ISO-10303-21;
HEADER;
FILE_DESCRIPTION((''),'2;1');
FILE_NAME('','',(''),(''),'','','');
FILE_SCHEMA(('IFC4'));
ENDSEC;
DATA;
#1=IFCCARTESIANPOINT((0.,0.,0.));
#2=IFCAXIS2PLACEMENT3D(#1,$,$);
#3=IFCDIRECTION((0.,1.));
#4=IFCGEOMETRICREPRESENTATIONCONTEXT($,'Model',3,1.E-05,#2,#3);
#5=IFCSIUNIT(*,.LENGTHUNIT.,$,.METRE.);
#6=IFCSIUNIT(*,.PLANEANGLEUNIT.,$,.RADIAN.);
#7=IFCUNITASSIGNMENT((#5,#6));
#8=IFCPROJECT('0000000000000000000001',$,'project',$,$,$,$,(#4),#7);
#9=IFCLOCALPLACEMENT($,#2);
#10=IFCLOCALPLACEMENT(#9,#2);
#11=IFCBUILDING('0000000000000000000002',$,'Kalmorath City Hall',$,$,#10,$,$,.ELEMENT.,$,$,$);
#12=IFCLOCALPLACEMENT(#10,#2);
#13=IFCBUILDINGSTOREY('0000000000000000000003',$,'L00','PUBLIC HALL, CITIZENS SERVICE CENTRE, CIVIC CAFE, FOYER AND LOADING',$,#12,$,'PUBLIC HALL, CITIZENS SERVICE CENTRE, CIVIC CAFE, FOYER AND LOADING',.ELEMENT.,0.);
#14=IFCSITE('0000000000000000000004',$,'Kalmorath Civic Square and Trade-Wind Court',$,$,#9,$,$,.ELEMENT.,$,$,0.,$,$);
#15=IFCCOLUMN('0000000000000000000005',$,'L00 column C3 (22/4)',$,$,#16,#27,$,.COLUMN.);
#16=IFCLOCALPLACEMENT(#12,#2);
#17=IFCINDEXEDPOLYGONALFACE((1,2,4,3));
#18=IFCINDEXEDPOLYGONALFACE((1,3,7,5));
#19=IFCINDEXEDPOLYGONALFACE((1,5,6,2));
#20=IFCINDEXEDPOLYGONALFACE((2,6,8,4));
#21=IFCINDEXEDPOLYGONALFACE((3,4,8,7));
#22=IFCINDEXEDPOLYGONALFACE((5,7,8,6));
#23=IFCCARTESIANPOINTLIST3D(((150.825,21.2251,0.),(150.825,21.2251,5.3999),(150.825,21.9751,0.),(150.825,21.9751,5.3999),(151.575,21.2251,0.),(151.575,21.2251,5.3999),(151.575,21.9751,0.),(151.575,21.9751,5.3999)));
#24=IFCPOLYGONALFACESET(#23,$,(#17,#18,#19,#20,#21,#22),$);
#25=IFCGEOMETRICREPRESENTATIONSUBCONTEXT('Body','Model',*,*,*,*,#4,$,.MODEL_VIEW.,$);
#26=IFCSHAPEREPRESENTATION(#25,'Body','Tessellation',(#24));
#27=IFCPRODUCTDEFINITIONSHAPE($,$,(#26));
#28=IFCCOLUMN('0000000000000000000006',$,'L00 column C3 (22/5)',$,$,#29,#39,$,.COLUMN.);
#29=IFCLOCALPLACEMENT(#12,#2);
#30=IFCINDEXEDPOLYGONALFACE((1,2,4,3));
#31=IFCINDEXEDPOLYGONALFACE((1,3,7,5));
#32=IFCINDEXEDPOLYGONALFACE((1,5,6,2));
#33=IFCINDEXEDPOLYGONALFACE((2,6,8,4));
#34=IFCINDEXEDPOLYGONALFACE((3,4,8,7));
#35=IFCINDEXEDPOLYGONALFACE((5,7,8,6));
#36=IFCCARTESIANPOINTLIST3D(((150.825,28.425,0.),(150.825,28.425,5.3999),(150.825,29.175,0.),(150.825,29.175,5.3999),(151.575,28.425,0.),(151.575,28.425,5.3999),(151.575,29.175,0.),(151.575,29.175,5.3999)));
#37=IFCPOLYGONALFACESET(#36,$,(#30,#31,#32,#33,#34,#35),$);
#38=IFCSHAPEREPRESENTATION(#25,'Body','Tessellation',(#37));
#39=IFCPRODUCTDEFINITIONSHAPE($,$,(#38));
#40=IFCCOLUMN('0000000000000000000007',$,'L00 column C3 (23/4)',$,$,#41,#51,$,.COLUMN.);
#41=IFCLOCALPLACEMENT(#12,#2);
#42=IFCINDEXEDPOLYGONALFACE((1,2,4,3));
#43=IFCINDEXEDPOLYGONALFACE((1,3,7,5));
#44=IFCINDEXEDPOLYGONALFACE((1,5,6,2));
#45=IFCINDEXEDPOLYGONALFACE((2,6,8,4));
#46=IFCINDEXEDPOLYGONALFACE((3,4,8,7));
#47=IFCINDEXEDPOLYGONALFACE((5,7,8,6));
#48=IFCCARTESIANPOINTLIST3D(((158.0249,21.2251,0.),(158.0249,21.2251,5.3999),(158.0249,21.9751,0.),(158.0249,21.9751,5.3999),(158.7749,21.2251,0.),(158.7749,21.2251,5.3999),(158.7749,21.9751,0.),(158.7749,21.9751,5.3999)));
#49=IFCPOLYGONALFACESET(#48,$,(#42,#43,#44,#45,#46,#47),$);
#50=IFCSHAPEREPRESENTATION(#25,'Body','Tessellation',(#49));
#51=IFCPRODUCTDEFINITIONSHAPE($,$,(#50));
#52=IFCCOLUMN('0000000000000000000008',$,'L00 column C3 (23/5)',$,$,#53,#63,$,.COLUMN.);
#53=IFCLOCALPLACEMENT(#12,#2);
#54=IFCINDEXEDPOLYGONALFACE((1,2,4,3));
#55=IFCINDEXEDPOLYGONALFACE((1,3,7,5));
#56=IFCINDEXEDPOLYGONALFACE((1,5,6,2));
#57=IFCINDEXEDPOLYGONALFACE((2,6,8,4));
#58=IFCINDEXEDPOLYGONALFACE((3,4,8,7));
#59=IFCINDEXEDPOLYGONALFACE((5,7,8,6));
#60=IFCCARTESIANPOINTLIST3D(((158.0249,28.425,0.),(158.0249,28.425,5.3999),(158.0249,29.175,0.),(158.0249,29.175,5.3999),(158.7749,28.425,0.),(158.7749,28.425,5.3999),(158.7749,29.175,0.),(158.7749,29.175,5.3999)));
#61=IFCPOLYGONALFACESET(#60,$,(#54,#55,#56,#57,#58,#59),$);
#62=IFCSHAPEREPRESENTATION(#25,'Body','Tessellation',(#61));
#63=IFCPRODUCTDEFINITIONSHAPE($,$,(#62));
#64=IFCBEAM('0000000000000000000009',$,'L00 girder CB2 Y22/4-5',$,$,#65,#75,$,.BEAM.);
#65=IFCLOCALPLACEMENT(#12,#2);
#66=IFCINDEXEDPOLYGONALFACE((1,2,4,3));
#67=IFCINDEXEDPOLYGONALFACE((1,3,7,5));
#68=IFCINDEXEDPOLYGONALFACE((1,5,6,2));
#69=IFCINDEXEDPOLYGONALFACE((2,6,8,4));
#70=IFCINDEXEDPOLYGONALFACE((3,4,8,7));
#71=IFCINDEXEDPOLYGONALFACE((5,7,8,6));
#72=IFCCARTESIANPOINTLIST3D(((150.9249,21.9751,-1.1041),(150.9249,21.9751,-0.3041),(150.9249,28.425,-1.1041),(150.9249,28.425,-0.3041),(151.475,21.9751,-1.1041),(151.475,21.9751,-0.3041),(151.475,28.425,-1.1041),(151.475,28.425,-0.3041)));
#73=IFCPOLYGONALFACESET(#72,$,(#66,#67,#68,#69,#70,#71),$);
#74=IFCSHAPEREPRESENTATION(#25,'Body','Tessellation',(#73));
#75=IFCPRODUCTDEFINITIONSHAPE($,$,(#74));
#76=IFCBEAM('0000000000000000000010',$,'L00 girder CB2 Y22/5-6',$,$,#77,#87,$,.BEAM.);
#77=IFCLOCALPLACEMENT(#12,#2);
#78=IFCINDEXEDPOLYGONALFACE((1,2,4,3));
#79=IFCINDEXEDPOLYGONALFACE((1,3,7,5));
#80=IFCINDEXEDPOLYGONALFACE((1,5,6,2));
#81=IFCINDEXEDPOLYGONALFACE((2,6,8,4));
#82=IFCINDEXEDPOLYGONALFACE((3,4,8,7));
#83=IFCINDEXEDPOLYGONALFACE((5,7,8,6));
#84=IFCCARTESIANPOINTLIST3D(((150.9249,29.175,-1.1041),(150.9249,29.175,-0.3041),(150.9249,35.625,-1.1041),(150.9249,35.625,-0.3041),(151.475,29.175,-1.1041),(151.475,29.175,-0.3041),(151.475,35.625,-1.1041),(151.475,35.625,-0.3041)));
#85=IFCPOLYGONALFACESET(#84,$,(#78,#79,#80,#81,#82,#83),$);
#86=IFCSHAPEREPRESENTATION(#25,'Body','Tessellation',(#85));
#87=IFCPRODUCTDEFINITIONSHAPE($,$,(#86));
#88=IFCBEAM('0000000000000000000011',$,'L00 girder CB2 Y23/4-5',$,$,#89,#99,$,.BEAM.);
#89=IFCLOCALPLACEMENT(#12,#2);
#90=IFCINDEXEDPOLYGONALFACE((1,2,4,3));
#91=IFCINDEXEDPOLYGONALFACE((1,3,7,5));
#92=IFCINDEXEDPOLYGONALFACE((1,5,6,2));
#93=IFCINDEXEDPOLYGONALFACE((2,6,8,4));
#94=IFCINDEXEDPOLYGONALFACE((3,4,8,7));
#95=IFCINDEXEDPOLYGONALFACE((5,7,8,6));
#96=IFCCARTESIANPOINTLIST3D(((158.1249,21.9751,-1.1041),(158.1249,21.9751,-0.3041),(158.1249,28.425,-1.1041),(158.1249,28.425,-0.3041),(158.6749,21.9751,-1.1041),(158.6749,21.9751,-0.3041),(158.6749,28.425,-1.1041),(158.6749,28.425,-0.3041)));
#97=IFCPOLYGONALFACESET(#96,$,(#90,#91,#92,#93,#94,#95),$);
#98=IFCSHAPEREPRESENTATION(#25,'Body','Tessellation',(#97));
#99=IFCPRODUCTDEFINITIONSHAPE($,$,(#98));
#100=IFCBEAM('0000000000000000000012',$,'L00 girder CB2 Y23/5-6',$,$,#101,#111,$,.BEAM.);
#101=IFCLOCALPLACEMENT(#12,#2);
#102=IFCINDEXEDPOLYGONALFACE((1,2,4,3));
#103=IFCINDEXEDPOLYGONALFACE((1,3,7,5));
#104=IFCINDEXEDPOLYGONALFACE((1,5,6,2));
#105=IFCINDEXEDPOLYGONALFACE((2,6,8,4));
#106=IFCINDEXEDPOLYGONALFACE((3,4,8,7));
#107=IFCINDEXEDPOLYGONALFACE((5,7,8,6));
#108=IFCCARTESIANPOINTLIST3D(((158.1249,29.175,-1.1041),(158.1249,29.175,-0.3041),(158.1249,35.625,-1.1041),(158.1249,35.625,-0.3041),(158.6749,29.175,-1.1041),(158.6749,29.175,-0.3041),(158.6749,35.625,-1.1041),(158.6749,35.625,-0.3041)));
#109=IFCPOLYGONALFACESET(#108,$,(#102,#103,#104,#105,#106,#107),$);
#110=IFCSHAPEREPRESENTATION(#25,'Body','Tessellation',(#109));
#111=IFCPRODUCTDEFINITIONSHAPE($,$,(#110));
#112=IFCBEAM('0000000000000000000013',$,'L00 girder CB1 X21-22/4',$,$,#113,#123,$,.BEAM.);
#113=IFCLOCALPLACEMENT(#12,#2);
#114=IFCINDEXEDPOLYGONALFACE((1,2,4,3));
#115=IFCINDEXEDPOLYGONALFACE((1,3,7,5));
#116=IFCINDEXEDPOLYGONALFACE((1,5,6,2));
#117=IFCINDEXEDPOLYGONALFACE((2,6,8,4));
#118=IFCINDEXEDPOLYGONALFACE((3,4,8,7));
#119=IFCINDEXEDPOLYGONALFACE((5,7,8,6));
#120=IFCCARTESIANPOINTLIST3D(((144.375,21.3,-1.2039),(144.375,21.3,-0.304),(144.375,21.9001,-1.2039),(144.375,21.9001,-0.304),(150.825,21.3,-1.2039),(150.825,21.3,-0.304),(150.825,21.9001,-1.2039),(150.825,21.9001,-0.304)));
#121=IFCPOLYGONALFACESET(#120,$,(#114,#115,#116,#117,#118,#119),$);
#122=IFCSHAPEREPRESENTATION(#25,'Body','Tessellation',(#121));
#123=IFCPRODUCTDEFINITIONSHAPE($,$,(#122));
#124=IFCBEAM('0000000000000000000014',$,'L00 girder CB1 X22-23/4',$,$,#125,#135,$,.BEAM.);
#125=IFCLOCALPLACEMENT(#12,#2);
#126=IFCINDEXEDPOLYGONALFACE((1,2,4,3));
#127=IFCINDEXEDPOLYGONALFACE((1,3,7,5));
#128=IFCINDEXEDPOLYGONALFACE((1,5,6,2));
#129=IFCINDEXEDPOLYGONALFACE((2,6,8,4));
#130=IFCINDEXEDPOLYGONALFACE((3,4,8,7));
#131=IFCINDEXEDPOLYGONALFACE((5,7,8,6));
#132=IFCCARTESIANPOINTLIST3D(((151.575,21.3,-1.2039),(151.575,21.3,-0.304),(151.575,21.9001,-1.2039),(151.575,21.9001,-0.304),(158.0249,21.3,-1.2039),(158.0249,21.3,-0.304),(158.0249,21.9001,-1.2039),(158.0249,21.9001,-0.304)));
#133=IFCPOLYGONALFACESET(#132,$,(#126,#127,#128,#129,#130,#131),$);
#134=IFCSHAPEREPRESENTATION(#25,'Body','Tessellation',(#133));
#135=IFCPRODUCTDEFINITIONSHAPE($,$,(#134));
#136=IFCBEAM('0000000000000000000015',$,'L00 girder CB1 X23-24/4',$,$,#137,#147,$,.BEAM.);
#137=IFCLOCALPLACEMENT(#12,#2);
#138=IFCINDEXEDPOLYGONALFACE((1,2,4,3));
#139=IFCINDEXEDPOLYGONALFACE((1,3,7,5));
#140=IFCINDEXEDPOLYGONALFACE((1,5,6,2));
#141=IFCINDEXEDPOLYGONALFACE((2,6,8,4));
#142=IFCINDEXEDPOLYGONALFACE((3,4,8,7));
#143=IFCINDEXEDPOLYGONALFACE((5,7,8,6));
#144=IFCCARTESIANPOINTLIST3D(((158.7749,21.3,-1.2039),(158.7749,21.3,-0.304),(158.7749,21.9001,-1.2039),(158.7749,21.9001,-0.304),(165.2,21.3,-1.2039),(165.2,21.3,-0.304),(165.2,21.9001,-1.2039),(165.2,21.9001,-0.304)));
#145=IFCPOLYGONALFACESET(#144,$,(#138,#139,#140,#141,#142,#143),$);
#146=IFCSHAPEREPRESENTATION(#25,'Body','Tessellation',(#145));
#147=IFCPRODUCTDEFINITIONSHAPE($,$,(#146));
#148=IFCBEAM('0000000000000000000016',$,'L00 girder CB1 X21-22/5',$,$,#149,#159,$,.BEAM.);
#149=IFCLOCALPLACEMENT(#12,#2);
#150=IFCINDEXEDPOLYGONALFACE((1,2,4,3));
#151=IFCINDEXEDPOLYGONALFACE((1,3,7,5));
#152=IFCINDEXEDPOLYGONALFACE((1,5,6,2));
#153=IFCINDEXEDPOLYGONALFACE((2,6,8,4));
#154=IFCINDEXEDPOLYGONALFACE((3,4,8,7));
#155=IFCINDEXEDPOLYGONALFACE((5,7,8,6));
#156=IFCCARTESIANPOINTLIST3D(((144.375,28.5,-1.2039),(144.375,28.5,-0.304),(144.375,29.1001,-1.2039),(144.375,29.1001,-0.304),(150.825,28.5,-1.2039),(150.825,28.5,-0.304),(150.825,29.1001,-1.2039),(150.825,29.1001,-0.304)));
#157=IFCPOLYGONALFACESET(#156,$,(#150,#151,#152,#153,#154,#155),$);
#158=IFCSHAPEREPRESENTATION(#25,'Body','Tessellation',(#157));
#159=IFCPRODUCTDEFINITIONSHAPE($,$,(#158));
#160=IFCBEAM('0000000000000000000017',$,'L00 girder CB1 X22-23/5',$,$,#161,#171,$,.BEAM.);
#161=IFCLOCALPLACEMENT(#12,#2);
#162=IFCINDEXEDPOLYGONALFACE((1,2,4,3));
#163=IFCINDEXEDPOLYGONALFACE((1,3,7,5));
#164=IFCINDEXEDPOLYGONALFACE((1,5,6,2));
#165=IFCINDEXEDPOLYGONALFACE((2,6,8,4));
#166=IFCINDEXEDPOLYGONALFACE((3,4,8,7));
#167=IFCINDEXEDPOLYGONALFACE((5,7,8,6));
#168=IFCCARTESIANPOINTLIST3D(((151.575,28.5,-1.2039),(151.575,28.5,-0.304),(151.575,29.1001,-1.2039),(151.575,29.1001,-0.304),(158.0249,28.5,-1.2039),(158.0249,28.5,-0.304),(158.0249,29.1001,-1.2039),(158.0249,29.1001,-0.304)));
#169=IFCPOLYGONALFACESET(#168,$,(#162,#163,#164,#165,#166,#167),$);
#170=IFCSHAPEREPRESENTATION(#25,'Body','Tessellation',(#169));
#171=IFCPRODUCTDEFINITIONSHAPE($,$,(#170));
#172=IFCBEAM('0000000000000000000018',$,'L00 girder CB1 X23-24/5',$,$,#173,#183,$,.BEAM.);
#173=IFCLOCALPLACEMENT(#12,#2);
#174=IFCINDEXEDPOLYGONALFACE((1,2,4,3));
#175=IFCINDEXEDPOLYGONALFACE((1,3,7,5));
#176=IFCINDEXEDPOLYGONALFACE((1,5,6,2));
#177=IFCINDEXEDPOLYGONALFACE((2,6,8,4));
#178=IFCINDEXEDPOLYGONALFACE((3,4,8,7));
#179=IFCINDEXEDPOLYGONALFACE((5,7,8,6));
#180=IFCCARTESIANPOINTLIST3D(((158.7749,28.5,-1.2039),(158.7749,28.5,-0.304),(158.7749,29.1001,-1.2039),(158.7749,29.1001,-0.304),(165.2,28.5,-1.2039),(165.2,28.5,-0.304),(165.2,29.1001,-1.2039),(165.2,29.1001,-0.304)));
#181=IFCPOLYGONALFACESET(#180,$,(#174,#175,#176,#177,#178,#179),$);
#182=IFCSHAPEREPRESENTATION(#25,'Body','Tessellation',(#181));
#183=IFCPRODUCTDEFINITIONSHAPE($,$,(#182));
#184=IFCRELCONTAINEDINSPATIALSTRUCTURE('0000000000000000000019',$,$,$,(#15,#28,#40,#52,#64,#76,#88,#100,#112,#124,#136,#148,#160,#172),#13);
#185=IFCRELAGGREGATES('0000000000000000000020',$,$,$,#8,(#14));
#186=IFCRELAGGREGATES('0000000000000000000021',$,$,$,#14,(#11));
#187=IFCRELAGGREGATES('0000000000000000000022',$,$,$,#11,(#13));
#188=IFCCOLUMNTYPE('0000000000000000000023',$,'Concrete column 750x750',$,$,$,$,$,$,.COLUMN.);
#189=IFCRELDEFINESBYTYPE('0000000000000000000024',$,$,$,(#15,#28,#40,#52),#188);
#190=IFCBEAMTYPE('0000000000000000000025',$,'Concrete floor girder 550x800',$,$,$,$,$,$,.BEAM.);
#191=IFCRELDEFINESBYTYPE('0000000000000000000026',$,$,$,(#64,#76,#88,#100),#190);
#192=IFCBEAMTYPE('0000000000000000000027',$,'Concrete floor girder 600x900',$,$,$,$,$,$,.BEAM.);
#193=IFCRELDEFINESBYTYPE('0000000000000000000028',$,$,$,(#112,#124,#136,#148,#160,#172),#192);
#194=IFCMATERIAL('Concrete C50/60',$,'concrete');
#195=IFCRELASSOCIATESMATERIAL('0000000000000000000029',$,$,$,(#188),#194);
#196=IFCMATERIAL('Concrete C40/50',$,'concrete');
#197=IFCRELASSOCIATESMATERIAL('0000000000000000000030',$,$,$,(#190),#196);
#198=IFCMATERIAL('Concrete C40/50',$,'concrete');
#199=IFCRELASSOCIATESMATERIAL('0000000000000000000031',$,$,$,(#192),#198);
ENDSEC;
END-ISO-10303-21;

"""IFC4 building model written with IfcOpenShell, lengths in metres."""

from ifc_helpers import new_model, si_unit, direction, frame, origin, origin_2d, place, context, subcontext, project, spatial, rectangle, extrude, material, material_profile, profile_set, type_object, element, save


model = new_model("IFC4")

# Units and contexts
model_context = context("Model", 3, precision=1e-05, world=origin(), true_north=direction((0.0, 1.0)))
body_context = subcontext(model_context, "Body", "Model", "MODEL_VIEW")
ifc_project = project(units=[si_unit("LENGTHUNIT", "METRE"), si_unit("PLANEANGLEUNIT", "RADIAN")], contexts=[model_context])

# Site, building, storey
site_placement = place(None, origin())
site = spatial("IfcSite", under=ifc_project, at=site_placement, Name="Kalmorath Civic Square and Trade-Wind Court", CompositionType="ELEMENT", RefElevation=0.0)
building_placement = place(site_placement, origin())
building = spatial("IfcBuilding", under=site, at=building_placement, Name="Kalmorath City Hall", CompositionType="ELEMENT")
storey_placement = place(building_placement, origin())
storey = spatial("IfcBuildingStorey", under=building, at=storey_placement, Name="L00", Description="PUBLIC HALL, CITIZENS SERVICE CENTRE, CIVIC CAFE, FOYER AND LOADING", LongName="PUBLIC HALL, CITIZENS SERVICE CENTRE, CIVIC CAFE, FOYER AND LOADING", CompositionType="ELEMENT", Elevation=0.0)

# Columns
ifc_material_1 = material(Name="Concrete C50/60", Category="concrete")
ifc_material_profile_1 = material_profile(ifc_material_1, rectangle(XDim=0.75, YDim=0.75, at=origin_2d()), Name="RC-COL-750X750")
ifc_profile_set_1 = profile_set([ifc_material_profile_1], Name="Concrete C50/60")
column_type = type_object("IfcColumnType", Name="Concrete column 750x750", PredefinedType="COLUMN", material=ifc_profile_set_1)
for number, where, z_axis, x_axis, name in (
    (1, (151.2, 21.6001, 0.0), (0.0, 0.0, 1.0), (1.0, 0.0, 0.0), "L00 column C3 (22/4)"),
    (2, (151.2, 28.8, 0.0), (0.0, 0.0, 1.0), (1.0, 0.0, 0.0), "L00 column C3 (22/5)"),
    (3, (158.3999, 21.6001, 0.0), (0.0, 0.0, 1.0), (1.0, 0.0, 0.0), "L00 column C3 (23/4)"),
    (4, (158.3999, 28.8, 0.0), (0.0, 0.0, 1.0), (1.0, 0.0, 0.0), "L00 column C3 (23/5)"),
):
    element("IfcColumn", number, at=place(storey_placement, frame(where, z_axis=z_axis, x_axis=x_axis)), inside=storey, type_object=column_type, Name=name, PredefinedType="COLUMN", context=body_context, shape_type="SweptSolid", body=[
        extrude(rectangle(XDim=0.75, YDim=0.75, at=origin_2d()), origin(), (0.0, 0.0, 1.0), 5.3999),
    ])

# Beams
ifc_material_2 = material(Name="Concrete C40/50", Category="concrete")
ifc_material_profile_2 = material_profile(ifc_material_2, rectangle(XDim=0.55, YDim=0.8, at=origin_2d()), Name="RC-BM-550X800")
ifc_profile_set_2 = profile_set([ifc_material_profile_2], Name="Concrete C40/50")
beam_type_1 = type_object("IfcBeamType", Name="Concrete floor girder 550x800", PredefinedType="BEAM", material=ifc_profile_set_2)
for number, where, z_axis, x_axis, name in (
    (5, (151.2, 21.9751, -0.7041), (0.0, 1.0, 0.0), (-1.0, 0.0, 0.0), "L00 girder CB2 Y22/4-5"),
    (6, (151.2, 29.175, -0.7041), (0.0, 1.0, 0.0), (-1.0, 0.0, 0.0), "L00 girder CB2 Y22/5-6"),
    (7, (158.3999, 21.9751, -0.7041), (0.0, 1.0, 0.0), (-1.0, 0.0, 0.0), "L00 girder CB2 Y23/4-5"),
    (8, (158.3999, 29.175, -0.7041), (0.0, 1.0, 0.0), (-1.0, 0.0, 0.0), "L00 girder CB2 Y23/5-6"),
):
    element("IfcBeam", number, at=place(storey_placement, frame(where, z_axis=z_axis, x_axis=x_axis)), inside=storey, type_object=beam_type_1, Name=name, PredefinedType="BEAM", context=body_context, shape_type="SweptSolid", body=[
        extrude(rectangle(XDim=0.55, YDim=0.8, at=origin_2d()), origin(), (0.0, 0.0, 1.0), 6.45),
    ])
ifc_material_3 = material(Name="Concrete C40/50", Category="concrete")
ifc_material_profile_3 = material_profile(ifc_material_3, rectangle(XDim=0.6001, YDim=0.8999, at=origin_2d()), Name="RC-BM-600X900")
ifc_profile_set_3 = profile_set([ifc_material_profile_3], Name="Concrete C40/50")
beam_type_2 = type_object("IfcBeamType", Name="Concrete floor girder 600x900", PredefinedType="BEAM", material=ifc_profile_set_3)
for number, where, z_axis, x_axis, name in (
    (9, (144.375, 21.6001, -0.7539), (1.0, 0.0, 0.0), (0.0, 1.0, 0.0), "L00 girder CB1 X21-22/4"),
    (10, (151.575, 21.6001, -0.7539), (1.0, 0.0, 0.0), (0.0, 1.0, 0.0), "L00 girder CB1 X22-23/4"),
):
    element("IfcBeam", number, at=place(storey_placement, frame(where, z_axis=z_axis, x_axis=x_axis)), inside=storey, type_object=beam_type_2, Name=name, PredefinedType="BEAM", context=body_context, shape_type="SweptSolid", body=[
        extrude(rectangle(XDim=0.6001, YDim=0.8999, at=origin_2d()), origin(), (0.0, 0.0, 1.0), 6.45),
    ])
beam_1_placement = place(storey_placement, frame((158.7749, 21.6001, -0.7539), z_axis=(1.0, 0.0, 0.0), x_axis=(0.0, 1.0, 0.0)))
element("IfcBeam", 11, at=beam_1_placement, inside=storey, type_object=beam_type_2, Name="L00 girder CB1 X23-24/4", PredefinedType="BEAM", context=body_context, shape_type="SweptSolid", body=[
    extrude(rectangle(XDim=0.6001, YDim=0.8999, at=origin_2d()), origin(), (0.0, 0.0, 1.0), 6.425),
])
for number, where, z_axis, x_axis, name in (
    (12, (144.375, 28.8, -0.7539), (1.0, 0.0, 0.0), (0.0, 1.0, 0.0), "L00 girder CB1 X21-22/5"),
    (13, (151.575, 28.8, -0.7539), (1.0, 0.0, 0.0), (0.0, 1.0, 0.0), "L00 girder CB1 X22-23/5"),
):
    element("IfcBeam", number, at=place(storey_placement, frame(where, z_axis=z_axis, x_axis=x_axis)), inside=storey, type_object=beam_type_2, Name=name, PredefinedType="BEAM", context=body_context, shape_type="SweptSolid", body=[
        extrude(rectangle(XDim=0.6001, YDim=0.8999, at=origin_2d()), origin(), (0.0, 0.0, 1.0), 6.45),
    ])
beam_2_placement = place(storey_placement, frame((158.7749, 28.8, -0.7539), z_axis=(1.0, 0.0, 0.0), x_axis=(0.0, 1.0, 0.0)))
element("IfcBeam", 14, at=beam_2_placement, inside=storey, type_object=beam_type_2, Name="L00 girder CB1 X23-24/5", PredefinedType="BEAM", context=body_context, shape_type="SweptSolid", body=[
    extrude(rectangle(XDim=0.6001, YDim=0.8999, at=origin_2d()), origin(), (0.0, 0.0, 1.0), 6.425),
])

save(model, "model.ifc")
